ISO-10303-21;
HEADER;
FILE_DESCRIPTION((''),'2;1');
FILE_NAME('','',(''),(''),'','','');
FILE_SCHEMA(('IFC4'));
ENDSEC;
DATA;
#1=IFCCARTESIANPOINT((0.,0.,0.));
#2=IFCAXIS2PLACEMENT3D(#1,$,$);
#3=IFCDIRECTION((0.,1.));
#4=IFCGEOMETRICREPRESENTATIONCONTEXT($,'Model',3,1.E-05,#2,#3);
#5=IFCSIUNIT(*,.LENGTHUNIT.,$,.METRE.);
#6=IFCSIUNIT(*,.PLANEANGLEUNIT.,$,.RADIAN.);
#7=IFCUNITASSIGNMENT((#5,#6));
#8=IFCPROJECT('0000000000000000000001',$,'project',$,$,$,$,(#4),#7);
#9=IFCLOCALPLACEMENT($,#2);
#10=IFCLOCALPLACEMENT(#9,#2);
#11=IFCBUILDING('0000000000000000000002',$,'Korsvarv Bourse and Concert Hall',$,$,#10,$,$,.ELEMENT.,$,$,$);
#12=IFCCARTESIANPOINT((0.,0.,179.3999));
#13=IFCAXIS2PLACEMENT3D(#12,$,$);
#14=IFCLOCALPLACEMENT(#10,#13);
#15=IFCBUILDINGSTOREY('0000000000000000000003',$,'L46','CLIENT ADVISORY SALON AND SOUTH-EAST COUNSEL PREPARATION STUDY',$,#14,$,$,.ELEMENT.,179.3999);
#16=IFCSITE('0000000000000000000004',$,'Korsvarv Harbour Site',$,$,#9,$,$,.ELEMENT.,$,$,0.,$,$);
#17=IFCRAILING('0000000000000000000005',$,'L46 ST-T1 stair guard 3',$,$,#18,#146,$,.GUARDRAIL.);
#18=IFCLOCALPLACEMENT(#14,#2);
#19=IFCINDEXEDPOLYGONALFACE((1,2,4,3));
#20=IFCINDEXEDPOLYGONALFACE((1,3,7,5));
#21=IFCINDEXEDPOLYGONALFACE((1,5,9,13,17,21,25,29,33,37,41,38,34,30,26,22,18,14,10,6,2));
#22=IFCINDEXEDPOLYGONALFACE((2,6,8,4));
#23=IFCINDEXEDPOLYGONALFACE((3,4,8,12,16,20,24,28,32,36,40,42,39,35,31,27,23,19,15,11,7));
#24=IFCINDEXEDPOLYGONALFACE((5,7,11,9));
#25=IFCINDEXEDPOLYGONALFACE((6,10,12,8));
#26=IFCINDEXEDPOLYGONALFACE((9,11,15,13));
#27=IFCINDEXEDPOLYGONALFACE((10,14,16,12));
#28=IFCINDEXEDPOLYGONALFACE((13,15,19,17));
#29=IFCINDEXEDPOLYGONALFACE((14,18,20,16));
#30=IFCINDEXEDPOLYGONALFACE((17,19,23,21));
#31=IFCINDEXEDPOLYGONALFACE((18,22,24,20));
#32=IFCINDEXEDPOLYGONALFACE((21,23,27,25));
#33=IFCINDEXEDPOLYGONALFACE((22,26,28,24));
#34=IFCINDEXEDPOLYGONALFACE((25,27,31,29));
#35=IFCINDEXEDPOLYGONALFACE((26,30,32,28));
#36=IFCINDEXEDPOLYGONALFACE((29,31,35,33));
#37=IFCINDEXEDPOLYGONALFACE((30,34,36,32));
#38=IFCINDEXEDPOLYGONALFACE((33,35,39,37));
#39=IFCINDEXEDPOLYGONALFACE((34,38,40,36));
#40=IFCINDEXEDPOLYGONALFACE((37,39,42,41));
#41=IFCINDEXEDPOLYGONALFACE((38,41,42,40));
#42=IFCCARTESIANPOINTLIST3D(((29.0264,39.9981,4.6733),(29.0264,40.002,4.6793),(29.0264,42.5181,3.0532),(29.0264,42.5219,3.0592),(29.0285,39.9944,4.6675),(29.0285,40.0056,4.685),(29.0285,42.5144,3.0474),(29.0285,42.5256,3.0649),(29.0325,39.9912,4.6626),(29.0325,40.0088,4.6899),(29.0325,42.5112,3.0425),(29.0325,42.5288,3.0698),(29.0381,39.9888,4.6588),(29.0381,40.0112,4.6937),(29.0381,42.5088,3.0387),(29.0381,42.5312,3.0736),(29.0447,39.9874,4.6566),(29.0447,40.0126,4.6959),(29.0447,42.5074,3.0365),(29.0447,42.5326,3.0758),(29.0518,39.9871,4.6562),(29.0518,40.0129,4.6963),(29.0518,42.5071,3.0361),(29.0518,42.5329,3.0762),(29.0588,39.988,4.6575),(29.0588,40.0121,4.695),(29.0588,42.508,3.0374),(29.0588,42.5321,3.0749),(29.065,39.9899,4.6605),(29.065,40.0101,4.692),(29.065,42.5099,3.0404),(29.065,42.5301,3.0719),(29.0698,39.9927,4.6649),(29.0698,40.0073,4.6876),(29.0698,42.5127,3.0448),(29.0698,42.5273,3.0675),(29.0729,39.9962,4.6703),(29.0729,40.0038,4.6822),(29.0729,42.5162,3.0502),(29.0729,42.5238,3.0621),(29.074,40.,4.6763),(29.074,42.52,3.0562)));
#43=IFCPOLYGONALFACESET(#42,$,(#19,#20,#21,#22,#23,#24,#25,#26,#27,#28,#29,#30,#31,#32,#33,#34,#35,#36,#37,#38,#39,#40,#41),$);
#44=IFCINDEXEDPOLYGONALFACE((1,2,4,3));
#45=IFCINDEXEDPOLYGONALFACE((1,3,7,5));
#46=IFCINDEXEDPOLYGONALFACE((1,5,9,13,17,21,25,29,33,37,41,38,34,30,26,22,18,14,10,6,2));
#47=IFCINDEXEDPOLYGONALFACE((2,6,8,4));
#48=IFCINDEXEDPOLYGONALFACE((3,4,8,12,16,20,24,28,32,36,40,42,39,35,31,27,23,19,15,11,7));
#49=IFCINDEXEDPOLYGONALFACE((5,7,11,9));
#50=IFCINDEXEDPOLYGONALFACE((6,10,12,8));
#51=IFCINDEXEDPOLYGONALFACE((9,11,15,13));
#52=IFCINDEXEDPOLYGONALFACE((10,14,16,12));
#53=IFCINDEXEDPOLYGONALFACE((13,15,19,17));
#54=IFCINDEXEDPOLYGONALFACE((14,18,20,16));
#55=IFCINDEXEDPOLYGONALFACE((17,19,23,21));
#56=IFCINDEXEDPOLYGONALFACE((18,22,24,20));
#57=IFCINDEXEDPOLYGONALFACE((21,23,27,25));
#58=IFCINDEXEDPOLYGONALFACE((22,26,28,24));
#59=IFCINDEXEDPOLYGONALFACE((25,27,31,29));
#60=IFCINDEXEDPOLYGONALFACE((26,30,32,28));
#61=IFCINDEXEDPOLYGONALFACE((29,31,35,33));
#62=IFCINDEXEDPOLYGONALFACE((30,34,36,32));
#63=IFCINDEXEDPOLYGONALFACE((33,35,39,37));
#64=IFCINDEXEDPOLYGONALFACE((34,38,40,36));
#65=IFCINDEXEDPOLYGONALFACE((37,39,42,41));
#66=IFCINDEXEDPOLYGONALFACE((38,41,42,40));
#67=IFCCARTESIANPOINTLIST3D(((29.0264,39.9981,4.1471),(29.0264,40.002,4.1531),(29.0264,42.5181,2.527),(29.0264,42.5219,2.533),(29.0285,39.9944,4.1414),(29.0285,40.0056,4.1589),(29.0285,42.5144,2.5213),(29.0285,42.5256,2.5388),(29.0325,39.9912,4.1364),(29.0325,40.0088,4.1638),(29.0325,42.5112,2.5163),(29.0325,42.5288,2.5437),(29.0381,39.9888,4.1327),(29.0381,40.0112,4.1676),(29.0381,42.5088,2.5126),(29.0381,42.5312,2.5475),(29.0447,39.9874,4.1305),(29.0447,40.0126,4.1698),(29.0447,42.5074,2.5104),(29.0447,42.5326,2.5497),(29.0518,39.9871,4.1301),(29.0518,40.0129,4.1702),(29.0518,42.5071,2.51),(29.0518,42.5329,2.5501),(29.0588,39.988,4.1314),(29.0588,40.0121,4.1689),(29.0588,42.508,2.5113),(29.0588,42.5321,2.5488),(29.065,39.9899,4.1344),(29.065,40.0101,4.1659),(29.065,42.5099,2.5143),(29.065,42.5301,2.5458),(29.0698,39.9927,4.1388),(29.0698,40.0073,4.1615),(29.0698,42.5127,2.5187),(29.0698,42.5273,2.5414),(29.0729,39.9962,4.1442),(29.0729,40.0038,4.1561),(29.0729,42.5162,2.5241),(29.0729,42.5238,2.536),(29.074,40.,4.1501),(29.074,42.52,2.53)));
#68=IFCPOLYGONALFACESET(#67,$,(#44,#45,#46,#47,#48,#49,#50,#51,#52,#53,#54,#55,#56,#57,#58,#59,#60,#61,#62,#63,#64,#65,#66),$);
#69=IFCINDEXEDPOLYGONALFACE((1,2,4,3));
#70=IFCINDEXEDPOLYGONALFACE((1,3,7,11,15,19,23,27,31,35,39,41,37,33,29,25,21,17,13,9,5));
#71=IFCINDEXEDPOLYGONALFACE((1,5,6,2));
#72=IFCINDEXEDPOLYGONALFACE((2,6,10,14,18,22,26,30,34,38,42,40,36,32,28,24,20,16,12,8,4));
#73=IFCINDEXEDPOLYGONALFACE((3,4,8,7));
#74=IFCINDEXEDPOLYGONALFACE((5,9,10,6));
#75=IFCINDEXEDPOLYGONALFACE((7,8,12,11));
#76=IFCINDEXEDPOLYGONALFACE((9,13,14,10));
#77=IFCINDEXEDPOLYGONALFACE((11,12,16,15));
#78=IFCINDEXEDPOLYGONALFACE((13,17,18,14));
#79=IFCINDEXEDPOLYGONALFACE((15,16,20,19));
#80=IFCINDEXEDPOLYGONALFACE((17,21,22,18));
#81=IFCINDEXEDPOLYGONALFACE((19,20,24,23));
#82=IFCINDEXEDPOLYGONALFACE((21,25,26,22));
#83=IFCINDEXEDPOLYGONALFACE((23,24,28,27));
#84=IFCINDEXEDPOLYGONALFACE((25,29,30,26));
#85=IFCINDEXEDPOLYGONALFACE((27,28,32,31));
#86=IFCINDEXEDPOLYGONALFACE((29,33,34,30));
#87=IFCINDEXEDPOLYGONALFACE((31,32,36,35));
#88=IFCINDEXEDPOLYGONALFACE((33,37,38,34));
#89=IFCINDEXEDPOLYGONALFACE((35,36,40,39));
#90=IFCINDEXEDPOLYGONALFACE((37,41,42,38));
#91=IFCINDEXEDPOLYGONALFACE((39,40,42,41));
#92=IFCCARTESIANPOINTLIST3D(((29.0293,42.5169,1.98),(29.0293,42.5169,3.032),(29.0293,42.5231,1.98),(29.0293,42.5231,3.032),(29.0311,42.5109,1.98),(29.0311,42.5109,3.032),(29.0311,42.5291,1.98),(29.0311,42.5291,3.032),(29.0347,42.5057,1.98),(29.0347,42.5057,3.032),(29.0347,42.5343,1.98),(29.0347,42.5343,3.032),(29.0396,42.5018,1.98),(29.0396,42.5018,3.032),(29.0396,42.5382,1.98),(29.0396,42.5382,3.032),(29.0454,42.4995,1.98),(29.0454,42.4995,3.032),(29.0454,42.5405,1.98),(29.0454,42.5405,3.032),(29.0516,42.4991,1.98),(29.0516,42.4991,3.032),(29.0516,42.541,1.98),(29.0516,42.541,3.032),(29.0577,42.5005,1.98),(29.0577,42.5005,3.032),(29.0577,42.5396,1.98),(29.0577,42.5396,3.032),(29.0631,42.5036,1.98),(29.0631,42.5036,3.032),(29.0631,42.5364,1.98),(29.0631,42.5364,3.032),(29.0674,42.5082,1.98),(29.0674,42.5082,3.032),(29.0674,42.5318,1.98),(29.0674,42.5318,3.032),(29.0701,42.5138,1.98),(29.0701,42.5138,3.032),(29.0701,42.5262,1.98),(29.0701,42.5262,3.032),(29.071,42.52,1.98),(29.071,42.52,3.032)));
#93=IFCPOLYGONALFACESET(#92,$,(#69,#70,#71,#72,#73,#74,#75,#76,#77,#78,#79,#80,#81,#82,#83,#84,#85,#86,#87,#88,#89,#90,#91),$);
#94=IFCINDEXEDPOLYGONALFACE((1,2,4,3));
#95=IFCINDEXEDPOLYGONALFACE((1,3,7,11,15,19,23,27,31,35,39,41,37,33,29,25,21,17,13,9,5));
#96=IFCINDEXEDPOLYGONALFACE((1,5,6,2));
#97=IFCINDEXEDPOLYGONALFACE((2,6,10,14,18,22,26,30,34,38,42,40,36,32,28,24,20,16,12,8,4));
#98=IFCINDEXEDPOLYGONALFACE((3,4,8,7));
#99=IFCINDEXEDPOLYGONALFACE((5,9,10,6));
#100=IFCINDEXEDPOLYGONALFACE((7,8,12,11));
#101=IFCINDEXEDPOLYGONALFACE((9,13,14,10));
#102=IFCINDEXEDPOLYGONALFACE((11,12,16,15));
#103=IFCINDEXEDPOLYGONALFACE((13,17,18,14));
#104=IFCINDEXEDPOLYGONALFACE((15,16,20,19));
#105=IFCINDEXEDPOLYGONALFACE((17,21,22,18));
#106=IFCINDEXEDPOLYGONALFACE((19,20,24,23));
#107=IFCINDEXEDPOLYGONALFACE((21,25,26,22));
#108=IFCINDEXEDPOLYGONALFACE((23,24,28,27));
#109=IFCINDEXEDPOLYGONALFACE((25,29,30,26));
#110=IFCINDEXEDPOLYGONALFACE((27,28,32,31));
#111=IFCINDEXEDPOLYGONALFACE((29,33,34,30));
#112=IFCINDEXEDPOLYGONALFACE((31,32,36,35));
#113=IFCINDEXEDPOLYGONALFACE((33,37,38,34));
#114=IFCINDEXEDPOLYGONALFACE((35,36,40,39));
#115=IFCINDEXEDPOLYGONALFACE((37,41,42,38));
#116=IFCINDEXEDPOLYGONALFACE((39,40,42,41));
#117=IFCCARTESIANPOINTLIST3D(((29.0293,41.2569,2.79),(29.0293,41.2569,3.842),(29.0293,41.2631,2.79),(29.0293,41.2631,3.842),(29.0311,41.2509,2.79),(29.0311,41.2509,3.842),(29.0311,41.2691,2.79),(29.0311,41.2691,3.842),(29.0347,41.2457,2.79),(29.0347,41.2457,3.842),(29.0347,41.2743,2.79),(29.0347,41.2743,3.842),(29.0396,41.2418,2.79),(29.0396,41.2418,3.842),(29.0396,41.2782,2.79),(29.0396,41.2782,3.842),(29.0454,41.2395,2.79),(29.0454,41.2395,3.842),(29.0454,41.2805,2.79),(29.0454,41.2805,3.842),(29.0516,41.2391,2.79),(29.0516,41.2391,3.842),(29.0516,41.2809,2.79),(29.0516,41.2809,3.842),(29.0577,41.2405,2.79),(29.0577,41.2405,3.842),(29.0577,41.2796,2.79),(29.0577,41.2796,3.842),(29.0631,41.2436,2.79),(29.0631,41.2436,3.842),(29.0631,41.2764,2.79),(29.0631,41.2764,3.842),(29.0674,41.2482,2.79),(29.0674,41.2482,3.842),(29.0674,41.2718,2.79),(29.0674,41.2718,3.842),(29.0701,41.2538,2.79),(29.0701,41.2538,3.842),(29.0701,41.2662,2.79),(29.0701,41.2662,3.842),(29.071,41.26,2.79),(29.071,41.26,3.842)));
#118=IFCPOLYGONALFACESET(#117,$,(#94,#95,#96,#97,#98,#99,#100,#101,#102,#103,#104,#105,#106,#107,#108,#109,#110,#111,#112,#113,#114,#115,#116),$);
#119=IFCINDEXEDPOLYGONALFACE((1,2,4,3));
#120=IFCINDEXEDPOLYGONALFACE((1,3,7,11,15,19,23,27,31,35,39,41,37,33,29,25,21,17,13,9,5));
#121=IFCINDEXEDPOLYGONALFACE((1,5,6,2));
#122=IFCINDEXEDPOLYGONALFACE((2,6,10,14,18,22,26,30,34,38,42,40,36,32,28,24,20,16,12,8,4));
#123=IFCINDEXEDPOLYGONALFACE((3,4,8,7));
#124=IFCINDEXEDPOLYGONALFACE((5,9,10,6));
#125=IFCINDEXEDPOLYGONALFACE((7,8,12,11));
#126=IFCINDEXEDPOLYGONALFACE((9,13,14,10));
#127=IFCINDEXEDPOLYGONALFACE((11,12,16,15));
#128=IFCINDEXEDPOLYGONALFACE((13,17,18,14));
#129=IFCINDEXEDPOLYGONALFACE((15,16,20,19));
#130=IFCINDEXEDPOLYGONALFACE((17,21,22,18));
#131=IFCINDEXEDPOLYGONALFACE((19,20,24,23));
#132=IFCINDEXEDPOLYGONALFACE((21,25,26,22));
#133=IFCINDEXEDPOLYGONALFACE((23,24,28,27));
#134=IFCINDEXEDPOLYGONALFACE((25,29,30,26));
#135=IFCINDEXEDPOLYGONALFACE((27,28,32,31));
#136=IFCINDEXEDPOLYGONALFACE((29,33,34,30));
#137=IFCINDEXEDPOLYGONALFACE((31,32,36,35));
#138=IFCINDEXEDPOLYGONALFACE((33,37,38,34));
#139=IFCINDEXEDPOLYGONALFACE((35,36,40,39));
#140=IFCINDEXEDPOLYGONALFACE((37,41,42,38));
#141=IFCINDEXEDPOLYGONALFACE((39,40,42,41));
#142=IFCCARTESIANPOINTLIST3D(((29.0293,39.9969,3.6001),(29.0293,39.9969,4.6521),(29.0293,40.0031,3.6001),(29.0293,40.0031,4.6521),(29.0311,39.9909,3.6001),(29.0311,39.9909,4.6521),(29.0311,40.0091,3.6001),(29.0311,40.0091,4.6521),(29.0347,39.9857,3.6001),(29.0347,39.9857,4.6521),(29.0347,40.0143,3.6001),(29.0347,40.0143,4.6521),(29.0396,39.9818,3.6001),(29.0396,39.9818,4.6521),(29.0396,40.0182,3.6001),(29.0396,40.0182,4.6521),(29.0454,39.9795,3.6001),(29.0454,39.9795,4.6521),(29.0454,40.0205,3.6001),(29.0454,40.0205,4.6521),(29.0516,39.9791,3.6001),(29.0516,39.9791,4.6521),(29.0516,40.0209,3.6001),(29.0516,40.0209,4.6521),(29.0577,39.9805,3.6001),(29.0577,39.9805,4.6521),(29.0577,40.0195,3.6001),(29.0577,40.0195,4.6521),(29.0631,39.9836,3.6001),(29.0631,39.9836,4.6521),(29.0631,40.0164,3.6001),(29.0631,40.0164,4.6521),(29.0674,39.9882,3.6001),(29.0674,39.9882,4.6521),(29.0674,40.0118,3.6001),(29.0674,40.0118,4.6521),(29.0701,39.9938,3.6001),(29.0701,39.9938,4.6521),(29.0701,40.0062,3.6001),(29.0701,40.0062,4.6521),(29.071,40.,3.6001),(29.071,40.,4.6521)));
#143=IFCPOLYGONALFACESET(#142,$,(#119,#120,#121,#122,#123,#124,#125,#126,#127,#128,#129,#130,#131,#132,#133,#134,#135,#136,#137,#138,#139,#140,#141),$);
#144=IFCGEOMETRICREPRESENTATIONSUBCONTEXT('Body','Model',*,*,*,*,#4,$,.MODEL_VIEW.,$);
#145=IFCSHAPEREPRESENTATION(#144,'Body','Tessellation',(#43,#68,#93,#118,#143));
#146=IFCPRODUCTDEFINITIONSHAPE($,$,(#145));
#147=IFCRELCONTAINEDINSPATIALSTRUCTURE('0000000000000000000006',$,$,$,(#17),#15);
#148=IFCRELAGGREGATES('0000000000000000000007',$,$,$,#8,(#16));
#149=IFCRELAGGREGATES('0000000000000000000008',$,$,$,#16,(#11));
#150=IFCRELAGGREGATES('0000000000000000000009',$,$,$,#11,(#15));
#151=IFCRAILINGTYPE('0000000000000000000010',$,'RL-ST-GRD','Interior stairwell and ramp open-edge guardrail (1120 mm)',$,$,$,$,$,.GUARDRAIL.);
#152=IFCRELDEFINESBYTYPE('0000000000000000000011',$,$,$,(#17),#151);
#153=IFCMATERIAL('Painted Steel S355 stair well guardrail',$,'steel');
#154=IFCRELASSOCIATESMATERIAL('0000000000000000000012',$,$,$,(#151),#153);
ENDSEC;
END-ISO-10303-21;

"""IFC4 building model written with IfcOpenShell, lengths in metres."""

from ifc_helpers import new_model, si_unit, direction, frame, origin, origin_2d, place, context, subcontext, project, spatial, circle, extrude, material, type_object, element, save


model = new_model("IFC4")

# Units and contexts
model_context = context("Model", 3, precision=1e-05, world=origin(), true_north=direction((0.0, 1.0)))
body_context = subcontext(model_context, "Body", "Model", "MODEL_VIEW")
ifc_project = project(units=[si_unit("LENGTHUNIT", "METRE"), si_unit("PLANEANGLEUNIT", "RADIAN")], contexts=[model_context])

# Site, building, storey
site_placement = place(None, origin())
site = spatial("IfcSite", under=ifc_project, at=site_placement, Name="Korsvarv Harbour Site", CompositionType="ELEMENT", RefElevation=0.0)
building_placement = place(site_placement, origin())
building = spatial("IfcBuilding", under=site, at=building_placement, Name="Korsvarv Bourse and Concert Hall", CompositionType="ELEMENT")
storey_placement = place(building_placement, frame((0.0, 0.0, 179.3999)))
storey = spatial("IfcBuildingStorey", under=building, at=storey_placement, Name="L46", Description="CLIENT ADVISORY SALON AND SOUTH-EAST COUNSEL PREPARATION STUDY", CompositionType="ELEMENT", Elevation=179.3999)

# Railing
ifc_material_1 = material(Name="Painted Steel S355 stair well guardrail", Category="steel")
railing_type_1 = type_object("IfcRailingType", Name="RL-ST-GRD", Description="Interior stairwell and ramp open-edge guardrail (1120 mm)", PredefinedType="GUARDRAIL", material=ifc_material_1)
railing_1_placement = place(storey_placement, frame((29.05, 42.52, 1.98)))
element("IfcRailing", 1, at=railing_1_placement, inside=storey, type_object=railing_type_1, Name="L46 ST-T1 stair guard 3", PredefinedType="GUARDRAIL", context=body_context, shape_type="SweptSolid", body=[
    extrude(circle(Radius=0.0239, at=origin_2d()), frame((0.0, 0.0, 1.0762), z_axis=(0.0, -0.841163, 0.540782), x_axis=(1.0, 0.0, 0.0)), (0.0, 0.0, 1.0), 2.9958),
    extrude(circle(Radius=0.0239, at=origin_2d()), frame((0.0, 0.0, 0.55), z_axis=(0.0, -0.841163, 0.540782), x_axis=(1.0, 0.0, 0.0)), (0.0, 0.0, 1.0), 2.9958),
    extrude(circle(Radius=0.021, at=origin_2d()), origin(), (0.0, 0.0, 1.0), 1.052),
    extrude(circle(Radius=0.021, at=origin_2d()), frame((0.0, -1.26, 0.8101)), (0.0, 0.0, 1.0), 1.052),
    extrude(circle(Radius=0.021, at=origin_2d()), frame((0.0, -2.52, 1.6201)), (0.0, 0.0, 1.0), 1.052),
])

save(model, "model.ifc")
